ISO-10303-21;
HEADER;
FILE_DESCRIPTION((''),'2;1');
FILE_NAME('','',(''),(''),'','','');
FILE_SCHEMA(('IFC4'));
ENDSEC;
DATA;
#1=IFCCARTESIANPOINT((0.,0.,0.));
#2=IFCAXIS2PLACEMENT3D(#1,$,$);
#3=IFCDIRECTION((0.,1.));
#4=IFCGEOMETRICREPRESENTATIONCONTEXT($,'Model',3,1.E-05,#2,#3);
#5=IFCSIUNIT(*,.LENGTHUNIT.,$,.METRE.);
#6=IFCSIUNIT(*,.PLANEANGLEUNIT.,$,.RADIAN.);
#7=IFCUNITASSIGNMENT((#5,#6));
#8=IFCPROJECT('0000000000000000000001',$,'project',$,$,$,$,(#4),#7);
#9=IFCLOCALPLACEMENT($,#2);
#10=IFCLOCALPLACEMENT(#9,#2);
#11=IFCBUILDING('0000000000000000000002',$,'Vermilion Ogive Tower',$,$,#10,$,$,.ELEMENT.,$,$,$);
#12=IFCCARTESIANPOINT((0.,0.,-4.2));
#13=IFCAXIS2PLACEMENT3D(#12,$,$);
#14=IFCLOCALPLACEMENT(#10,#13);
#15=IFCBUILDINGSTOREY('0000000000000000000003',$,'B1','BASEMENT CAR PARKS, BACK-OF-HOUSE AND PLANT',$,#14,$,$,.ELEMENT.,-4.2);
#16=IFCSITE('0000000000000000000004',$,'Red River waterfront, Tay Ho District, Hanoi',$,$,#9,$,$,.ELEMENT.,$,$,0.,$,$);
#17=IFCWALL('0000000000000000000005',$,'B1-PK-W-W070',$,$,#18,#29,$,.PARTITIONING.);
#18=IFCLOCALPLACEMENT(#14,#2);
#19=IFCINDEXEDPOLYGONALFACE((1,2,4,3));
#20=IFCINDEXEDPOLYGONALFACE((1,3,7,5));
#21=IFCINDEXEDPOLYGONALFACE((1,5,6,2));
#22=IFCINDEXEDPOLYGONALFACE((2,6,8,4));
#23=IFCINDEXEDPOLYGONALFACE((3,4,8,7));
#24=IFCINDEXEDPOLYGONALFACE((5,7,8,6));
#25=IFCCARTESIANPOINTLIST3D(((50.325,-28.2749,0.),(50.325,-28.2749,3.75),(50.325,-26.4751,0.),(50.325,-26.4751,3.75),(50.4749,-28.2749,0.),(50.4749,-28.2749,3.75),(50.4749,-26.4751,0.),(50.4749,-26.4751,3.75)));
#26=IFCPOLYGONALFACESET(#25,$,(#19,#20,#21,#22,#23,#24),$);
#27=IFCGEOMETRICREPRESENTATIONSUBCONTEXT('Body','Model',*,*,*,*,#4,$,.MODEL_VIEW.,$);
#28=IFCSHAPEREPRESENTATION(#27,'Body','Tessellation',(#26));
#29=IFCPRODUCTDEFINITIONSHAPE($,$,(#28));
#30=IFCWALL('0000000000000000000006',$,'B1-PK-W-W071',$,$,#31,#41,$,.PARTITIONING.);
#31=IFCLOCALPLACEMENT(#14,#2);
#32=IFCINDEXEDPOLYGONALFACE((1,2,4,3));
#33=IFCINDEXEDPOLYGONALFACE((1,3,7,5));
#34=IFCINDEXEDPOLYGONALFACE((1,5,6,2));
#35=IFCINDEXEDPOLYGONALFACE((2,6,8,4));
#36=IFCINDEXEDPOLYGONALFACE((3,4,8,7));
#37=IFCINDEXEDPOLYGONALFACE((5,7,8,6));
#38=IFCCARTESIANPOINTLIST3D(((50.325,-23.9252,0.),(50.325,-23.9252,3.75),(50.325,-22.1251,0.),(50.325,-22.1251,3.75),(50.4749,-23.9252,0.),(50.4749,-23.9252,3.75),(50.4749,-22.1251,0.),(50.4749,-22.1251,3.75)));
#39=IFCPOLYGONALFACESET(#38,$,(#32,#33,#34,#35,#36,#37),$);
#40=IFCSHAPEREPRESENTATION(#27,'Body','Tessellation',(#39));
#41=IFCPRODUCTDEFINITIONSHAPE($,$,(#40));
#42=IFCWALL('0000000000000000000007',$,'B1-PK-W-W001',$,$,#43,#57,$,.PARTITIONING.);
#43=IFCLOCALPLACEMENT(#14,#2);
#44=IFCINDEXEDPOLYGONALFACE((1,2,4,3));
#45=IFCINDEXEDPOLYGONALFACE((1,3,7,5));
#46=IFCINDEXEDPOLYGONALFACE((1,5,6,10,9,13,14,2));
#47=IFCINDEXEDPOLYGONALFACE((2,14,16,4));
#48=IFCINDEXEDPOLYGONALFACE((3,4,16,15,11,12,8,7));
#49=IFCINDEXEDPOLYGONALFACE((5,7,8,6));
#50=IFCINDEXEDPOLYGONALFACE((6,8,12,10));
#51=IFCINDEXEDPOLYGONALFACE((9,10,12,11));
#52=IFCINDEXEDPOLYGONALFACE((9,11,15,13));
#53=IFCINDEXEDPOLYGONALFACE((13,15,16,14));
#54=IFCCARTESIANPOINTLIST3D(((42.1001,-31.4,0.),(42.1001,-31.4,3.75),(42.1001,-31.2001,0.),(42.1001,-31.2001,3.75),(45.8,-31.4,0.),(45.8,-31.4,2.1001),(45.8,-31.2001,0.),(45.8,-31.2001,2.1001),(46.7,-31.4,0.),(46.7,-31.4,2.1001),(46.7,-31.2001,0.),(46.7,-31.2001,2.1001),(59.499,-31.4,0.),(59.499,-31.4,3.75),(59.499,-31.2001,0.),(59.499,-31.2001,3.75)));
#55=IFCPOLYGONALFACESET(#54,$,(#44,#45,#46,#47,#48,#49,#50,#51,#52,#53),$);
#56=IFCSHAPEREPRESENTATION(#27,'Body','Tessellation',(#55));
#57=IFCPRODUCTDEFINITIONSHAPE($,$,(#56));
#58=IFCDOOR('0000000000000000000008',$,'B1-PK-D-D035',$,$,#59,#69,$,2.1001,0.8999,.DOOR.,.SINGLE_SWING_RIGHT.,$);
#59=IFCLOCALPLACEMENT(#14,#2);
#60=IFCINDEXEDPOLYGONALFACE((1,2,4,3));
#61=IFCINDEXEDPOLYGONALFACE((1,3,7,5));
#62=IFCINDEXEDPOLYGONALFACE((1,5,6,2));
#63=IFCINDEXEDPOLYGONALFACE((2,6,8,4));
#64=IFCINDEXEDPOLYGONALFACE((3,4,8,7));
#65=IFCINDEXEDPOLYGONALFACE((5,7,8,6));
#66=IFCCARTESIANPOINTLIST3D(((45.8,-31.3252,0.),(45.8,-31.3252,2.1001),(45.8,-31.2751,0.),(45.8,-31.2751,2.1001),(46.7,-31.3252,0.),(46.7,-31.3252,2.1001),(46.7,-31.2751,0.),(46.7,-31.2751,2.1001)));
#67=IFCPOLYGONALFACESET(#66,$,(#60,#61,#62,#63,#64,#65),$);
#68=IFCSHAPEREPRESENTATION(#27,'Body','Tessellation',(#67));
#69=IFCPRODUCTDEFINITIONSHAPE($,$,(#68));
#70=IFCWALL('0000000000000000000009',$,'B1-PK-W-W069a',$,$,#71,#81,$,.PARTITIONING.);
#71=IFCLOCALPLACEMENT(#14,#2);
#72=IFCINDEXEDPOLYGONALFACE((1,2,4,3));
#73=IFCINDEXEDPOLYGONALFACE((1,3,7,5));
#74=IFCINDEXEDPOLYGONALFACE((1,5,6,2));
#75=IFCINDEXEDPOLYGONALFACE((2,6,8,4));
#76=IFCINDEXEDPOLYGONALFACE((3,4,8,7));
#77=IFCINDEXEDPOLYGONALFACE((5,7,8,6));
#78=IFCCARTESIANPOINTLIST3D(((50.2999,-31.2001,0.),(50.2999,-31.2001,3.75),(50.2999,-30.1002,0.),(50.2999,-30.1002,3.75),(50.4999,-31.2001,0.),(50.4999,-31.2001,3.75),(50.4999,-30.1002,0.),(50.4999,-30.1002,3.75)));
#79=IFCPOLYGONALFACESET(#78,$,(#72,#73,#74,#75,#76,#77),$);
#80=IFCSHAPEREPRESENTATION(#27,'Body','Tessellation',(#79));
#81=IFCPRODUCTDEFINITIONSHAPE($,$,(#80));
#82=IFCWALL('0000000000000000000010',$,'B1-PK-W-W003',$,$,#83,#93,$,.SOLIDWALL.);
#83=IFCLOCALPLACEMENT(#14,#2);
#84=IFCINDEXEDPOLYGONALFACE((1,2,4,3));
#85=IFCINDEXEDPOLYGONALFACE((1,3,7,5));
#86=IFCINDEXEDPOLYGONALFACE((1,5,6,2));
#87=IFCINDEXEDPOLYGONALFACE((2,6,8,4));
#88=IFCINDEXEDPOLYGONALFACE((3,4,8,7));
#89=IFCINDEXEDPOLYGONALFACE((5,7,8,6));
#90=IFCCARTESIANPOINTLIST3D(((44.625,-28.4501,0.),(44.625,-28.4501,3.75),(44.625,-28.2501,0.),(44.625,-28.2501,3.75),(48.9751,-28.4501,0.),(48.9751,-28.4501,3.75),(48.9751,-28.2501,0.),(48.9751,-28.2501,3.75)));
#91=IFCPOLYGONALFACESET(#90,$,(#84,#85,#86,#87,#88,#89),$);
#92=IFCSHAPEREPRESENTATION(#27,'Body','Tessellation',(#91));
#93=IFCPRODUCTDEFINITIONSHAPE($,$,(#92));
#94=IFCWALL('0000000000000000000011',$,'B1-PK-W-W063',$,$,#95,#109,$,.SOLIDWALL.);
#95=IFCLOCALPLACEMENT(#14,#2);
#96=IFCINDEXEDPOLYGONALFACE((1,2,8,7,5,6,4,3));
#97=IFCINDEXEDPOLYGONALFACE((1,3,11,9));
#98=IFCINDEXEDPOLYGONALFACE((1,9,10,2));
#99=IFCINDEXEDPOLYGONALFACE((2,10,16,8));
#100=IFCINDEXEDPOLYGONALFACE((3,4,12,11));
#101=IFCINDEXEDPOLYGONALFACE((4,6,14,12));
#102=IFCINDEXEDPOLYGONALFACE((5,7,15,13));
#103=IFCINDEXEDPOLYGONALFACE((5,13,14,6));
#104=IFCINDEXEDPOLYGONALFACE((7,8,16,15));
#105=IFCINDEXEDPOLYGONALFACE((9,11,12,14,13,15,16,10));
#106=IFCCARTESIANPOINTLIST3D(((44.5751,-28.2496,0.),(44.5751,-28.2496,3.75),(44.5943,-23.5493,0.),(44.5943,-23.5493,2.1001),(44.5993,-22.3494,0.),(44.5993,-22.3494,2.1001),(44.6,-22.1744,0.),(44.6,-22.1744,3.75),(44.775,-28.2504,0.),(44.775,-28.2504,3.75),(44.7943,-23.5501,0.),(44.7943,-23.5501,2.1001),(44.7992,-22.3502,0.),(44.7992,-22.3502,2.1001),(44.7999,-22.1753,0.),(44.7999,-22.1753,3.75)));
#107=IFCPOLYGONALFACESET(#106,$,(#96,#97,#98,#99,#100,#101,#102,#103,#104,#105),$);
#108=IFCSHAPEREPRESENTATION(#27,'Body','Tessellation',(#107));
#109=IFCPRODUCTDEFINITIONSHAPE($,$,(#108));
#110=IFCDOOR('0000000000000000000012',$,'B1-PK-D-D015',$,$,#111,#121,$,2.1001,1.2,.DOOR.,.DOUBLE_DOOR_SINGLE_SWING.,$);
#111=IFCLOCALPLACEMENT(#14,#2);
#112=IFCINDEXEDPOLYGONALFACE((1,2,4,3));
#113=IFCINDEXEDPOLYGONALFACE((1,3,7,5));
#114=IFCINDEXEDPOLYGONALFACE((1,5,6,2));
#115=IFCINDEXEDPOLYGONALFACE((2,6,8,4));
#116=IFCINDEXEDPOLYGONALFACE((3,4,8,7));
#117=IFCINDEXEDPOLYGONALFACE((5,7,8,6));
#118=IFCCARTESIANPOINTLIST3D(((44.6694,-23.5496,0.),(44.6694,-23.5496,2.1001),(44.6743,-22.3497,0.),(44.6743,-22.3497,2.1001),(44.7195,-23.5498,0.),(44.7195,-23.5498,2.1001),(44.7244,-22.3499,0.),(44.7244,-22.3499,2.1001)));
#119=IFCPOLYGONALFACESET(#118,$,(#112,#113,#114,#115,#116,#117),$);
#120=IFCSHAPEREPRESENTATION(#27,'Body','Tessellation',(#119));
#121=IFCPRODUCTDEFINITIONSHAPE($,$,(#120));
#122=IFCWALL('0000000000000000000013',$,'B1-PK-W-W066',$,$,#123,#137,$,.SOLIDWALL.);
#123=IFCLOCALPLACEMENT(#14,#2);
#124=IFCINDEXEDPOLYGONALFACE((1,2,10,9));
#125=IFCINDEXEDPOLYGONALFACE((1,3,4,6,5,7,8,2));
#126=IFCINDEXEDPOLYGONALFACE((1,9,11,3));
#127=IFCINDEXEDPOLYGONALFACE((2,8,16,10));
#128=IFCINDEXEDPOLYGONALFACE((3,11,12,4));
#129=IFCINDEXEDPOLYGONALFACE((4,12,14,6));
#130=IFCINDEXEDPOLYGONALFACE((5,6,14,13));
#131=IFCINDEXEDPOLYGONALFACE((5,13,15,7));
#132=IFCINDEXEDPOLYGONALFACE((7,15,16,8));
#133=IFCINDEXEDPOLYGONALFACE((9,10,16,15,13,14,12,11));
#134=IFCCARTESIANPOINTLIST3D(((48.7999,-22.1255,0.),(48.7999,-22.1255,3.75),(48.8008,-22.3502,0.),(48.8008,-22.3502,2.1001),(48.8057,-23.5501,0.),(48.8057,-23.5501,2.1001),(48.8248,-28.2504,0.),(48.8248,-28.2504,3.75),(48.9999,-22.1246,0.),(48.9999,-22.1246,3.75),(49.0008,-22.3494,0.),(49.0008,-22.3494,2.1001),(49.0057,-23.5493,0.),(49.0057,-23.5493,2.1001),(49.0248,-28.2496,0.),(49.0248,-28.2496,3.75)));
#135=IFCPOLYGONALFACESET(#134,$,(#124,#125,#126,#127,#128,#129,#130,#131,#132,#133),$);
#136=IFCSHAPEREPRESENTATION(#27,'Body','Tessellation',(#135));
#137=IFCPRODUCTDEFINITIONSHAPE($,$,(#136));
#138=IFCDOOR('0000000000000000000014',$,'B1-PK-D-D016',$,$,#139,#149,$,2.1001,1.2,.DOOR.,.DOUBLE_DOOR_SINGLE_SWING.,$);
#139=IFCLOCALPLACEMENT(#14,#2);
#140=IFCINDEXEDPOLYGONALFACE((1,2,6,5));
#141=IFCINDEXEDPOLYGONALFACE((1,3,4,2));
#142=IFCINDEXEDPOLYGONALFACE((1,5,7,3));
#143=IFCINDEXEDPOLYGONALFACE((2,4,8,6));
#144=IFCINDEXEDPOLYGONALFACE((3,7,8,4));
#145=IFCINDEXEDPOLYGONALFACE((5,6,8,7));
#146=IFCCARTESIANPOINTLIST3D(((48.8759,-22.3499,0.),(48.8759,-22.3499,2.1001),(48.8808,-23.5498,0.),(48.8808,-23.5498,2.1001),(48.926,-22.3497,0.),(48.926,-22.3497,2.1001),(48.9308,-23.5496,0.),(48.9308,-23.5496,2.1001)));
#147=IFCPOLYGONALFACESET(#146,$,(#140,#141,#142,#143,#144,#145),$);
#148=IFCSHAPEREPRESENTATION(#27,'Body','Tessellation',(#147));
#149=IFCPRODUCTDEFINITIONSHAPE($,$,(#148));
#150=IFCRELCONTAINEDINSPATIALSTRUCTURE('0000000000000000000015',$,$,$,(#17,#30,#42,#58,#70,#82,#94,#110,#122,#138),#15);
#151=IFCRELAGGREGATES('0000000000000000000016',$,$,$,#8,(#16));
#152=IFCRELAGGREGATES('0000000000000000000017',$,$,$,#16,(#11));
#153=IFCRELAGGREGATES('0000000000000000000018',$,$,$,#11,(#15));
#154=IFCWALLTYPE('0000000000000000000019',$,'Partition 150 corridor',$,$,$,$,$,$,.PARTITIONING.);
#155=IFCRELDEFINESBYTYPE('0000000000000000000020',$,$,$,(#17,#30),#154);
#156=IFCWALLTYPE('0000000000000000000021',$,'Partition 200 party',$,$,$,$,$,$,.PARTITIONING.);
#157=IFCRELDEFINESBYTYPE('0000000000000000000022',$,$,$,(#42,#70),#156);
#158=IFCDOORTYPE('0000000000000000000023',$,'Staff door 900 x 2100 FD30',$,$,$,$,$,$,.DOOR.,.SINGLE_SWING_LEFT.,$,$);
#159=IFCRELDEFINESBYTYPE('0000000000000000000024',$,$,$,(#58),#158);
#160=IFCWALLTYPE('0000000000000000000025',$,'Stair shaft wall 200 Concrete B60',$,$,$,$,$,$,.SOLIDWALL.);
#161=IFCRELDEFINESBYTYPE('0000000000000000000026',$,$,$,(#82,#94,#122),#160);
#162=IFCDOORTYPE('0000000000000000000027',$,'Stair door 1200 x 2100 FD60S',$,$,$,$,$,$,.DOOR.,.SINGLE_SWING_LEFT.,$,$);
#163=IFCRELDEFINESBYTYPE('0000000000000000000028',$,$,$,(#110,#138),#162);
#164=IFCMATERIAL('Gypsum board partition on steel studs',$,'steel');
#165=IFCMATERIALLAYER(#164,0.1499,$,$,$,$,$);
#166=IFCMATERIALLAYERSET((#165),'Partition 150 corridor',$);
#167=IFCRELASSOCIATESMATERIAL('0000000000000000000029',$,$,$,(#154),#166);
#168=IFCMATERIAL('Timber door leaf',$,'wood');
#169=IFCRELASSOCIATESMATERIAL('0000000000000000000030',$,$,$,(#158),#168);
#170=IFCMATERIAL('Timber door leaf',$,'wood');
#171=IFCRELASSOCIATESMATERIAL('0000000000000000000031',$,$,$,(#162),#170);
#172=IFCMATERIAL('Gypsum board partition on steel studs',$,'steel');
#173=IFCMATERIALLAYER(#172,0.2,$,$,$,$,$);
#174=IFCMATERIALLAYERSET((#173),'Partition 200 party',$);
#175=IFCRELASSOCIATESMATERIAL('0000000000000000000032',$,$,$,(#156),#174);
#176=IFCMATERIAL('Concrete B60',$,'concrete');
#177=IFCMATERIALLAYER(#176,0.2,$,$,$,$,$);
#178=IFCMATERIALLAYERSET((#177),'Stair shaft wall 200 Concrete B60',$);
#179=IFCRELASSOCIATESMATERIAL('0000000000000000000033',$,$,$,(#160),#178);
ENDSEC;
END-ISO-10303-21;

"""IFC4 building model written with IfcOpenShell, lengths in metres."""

from ifc_helpers import new_model, si_unit, direction, frame, frame_2d, origin, place, context, subcontext, project, spatial, rectangle, extrude, material, layer, layer_set, type_object, element, fill, save


model = new_model("IFC4")

# Units and contexts
model_context = context("Model", 3, precision=1e-05, world=origin(), true_north=direction((0.0, 1.0)))
body_context = subcontext(model_context, "Body", "Model", "MODEL_VIEW")
ifc_project = project(units=[si_unit("LENGTHUNIT", "METRE"), si_unit("PLANEANGLEUNIT", "RADIAN")], contexts=[model_context])

# Site, building, storey
site_placement = place(None, origin())
site = spatial("IfcSite", under=ifc_project, at=site_placement, Name="Red River waterfront, Tay Ho District, Hanoi", CompositionType="ELEMENT", RefElevation=0.0)
building_placement = place(site_placement, origin())
building = spatial("IfcBuilding", under=site, at=building_placement, Name="Vermilion Ogive Tower", CompositionType="ELEMENT")
storey_placement = place(building_placement, frame((0.0, 0.0, -4.2)))
storey = spatial("IfcBuildingStorey", under=building, at=storey_placement, Name="B1", Description="BASEMENT CAR PARKS, BACK-OF-HOUSE AND PLANT", CompositionType="ELEMENT", Elevation=-4.2)

# Shared definitions
ifc_material_1 = material(Name="Gypsum board partition on steel studs", Category="steel")
ifc_layer_1 = layer(ifc_material_1, 0.1499)
ifc_layer_set_1 = layer_set([ifc_layer_1], Name="Partition 150 corridor")
wall_type_1 = type_object("IfcWallType", Name="Partition 150 corridor", PredefinedType="PARTITIONING", material=ifc_layer_set_1)

# Shared definitions
ifc_material_2 = material(Name="Timber door leaf", Category="wood")
door_type_1 = type_object("IfcDoorType", Name="Staff door 900 x 2100 FD30", OperationType="SINGLE_SWING_LEFT", PredefinedType="DOOR", material=ifc_material_2)
ifc_material_3 = material(Name="Timber door leaf", Category="wood")
door_type_2 = type_object("IfcDoorType", Name="Stair door 1200 x 2100 FD60S", OperationType="SINGLE_SWING_LEFT", PredefinedType="DOOR", material=ifc_material_3)

# Walls
wall_1_placement = place(storey_placement, frame((50.3999, -28.2749, 0.0), z_axis=(0.0, 0.0, 1.0), x_axis=(0.0, 1.0, 0.0)))
element("IfcWall", 1, at=wall_1_placement, inside=storey, type_object=wall_type_1, Name="B1-PK-W-W070", PredefinedType="PARTITIONING", context=body_context, shape_type="SweptSolid", body=[
    extrude(rectangle(XDim=1.7998, YDim=0.1499, at=frame_2d((0.8999, 0.0))), origin(), (0.0, 0.0, 1.0), 3.75),
])
wall_2_placement = place(storey_placement, frame((50.3999, -23.925, 0.0), z_axis=(0.0, 0.0, 1.0), x_axis=(0.0, 1.0, 0.0)))
element("IfcWall", 2, at=wall_2_placement, inside=storey, type_object=wall_type_1, Name="B1-PK-W-W071", PredefinedType="PARTITIONING", context=body_context, shape_type="SweptSolid", body=[
    extrude(rectangle(XDim=1.8, YDim=0.1499, at=frame_2d((0.8999, 0.0))), origin(), (0.0, 0.0, 1.0), 3.75),
])

# Wall, opening, door
ifc_material_4 = material(Name="Gypsum board partition on steel studs", Category="steel")
ifc_layer_2 = layer(ifc_material_4, 0.2)
ifc_layer_set_2 = layer_set([ifc_layer_2], Name="Partition 200 party")
wall_type_2 = type_object("IfcWallType", Name="Partition 200 party", PredefinedType="PARTITIONING", material=ifc_layer_set_2)
wall_3_placement = place(storey_placement, frame((42.1001, -31.3, 0.0), z_axis=(0.0, 0.0, 1.0), x_axis=(1.0, 0.0, 0.0)))
wall_3 = element("IfcWall", 3, at=wall_3_placement, inside=storey, type_object=wall_type_2, Name="B1-PK-W-W001", PredefinedType="PARTITIONING", context=body_context, shape_type="SweptSolid", body=[
    extrude(rectangle(XDim=17.3989, YDim=0.2, at=frame_2d((8.6995, 0.0))), origin(), (0.0, 0.0, 1.0), 3.75),
])
opening_1_placement = place(wall_3_placement, frame((3.7, 0.0, 0.0)))
opening_1 = element("IfcOpeningElement", 4, at=opening_1_placement, cuts=wall_3, PredefinedType="OPENING", context=body_context, shape_type="SweptSolid", body=[
    extrude(rectangle(XDim=0.8999, YDim=2.1001, at=frame_2d((0.45, 1.05))), frame((0.0, 0.1099, 0.0), z_axis=(0.0, -1.0, 0.0), x_axis=(1.0, 0.0, 0.0)), (0.0, 0.0, 1.0), 0.22),
])
door_1_placement = place(opening_1_placement, origin())
door_1 = element("IfcDoor", 5, at=door_1_placement, inside=storey, type_object=door_type_1, Name="B1-PK-D-D035", OperationType="SINGLE_SWING_RIGHT", OverallHeight=2.1001, OverallWidth=0.8999, PredefinedType="DOOR", context=body_context, shape_type="SweptSolid", body=[
    extrude(rectangle(XDim=0.8999, YDim=2.1001, at=frame_2d((0.45, 1.05))), frame((0.0, 0.0249, 0.0), z_axis=(0.0, -1.0, 0.0), x_axis=(1.0, 0.0, 0.0)), (0.0, 0.0, 1.0), 0.05),
])
fill(opening_1, door_1)

# Walls
wall_4_placement = place(storey_placement, frame((50.3999, -31.2, 0.0), z_axis=(0.0, 0.0, 1.0), x_axis=(0.0, 1.0, 0.0)))
element("IfcWall", 6, at=wall_4_placement, inside=storey, type_object=wall_type_2, Name="B1-PK-W-W069a", PredefinedType="PARTITIONING", context=body_context, shape_type="SweptSolid", body=[
    extrude(rectangle(XDim=1.0999, YDim=0.2, at=frame_2d((0.5498, 0.0))), origin(), (0.0, 0.0, 1.0), 3.75),
])
ifc_material_5 = material(Name="Concrete B60", Category="concrete")
ifc_layer_3 = layer(ifc_material_5, 0.2)
ifc_layer_set_3 = layer_set([ifc_layer_3], Name="Stair shaft wall 200 Concrete B60")
wall_type_3 = type_object("IfcWallType", Name="Stair shaft wall 200 Concrete B60", PredefinedType="SOLIDWALL", material=ifc_layer_set_3)
wall_5_placement = place(storey_placement, frame((44.625, -28.3501, 0.0), z_axis=(0.0, 0.0, 1.0), x_axis=(1.0, 0.0, 0.0)))
element("IfcWall", 7, at=wall_5_placement, inside=storey, type_object=wall_type_3, Name="B1-PK-W-W003", PredefinedType="SOLIDWALL", context=body_context, shape_type="SweptSolid", body=[
    extrude(rectangle(XDim=4.3501, YDim=0.2, at=frame_2d((2.175, 0.0))), origin(), (0.0, 0.0, 1.0), 3.75),
])

# Walls, openings, doors
wall_6_placement = place(storey_placement, frame((44.675, -28.25, 0.0), z_axis=(0.0, 0.0, 1.0), x_axis=(0.004099, 0.999992, 0.0)))
wall_6 = element("IfcWall", 8, at=wall_6_placement, inside=storey, type_object=wall_type_3, Name="B1-PK-W-W063", PredefinedType="SOLIDWALL", context=body_context, shape_type="SweptSolid", body=[
    extrude(rectangle(XDim=6.0752, YDim=0.2, at=frame_2d((3.0376, 0.0))), origin(), (0.0, 0.0, 1.0), 3.75),
])
opening_2_placement = place(wall_6_placement, frame((4.7002, 0.0, 0.0)))
opening_2 = element("IfcOpeningElement", 9, at=opening_2_placement, cuts=wall_6, PredefinedType="OPENING", context=body_context, shape_type="SweptSolid", body=[
    extrude(rectangle(XDim=1.2, YDim=2.1001, at=frame_2d((0.6001, 1.05))), frame((0.0, 0.1099, 0.0), z_axis=(0.0, -1.0, 0.0), x_axis=(1.0, 0.0, 0.0)), (0.0, 0.0, 1.0), 0.22),
])
door_2_placement = place(opening_2_placement, origin())
door_2 = element("IfcDoor", 10, at=door_2_placement, inside=storey, type_object=door_type_2, Name="B1-PK-D-D015", OperationType="DOUBLE_DOOR_SINGLE_SWING", OverallHeight=2.1001, OverallWidth=1.2, PredefinedType="DOOR", context=body_context, shape_type="SweptSolid", body=[
    extrude(rectangle(XDim=1.2, YDim=2.1001, at=frame_2d((0.6001, 1.05))), frame((0.0, 0.0249, 0.0), z_axis=(0.0, -1.0, 0.0), x_axis=(1.0, 0.0, 0.0)), (0.0, 0.0, 1.0), 0.05),
])
fill(opening_2, door_2)
wall_7_placement = place(storey_placement, frame((48.9248, -28.25, 0.0), z_axis=(0.0, 0.0, 1.0), x_axis=(-0.004066, 0.999992, 0.0)))
wall_7 = element("IfcWall", 11, at=wall_7_placement, inside=storey, type_object=wall_type_3, Name="B1-PK-W-W066", PredefinedType="SOLIDWALL", context=body_context, shape_type="SweptSolid", body=[
    extrude(rectangle(XDim=6.125, YDim=0.2, at=frame_2d((3.0625, 0.0))), origin(), (0.0, 0.0, 1.0), 3.75),
])
opening_3_placement = place(wall_7_placement, frame((4.7002, 0.0, 0.0)))
opening_3 = element("IfcOpeningElement", 12, at=opening_3_placement, cuts=wall_7, PredefinedType="OPENING", context=body_context, shape_type="SweptSolid", body=[
    extrude(rectangle(XDim=1.2, YDim=2.1001, at=frame_2d((0.6001, 1.05))), frame((0.0, 0.1099, 0.0), z_axis=(0.0, -1.0, 0.0), x_axis=(1.0, 0.0, 0.0)), (0.0, 0.0, 1.0), 0.22),
])
door_3_placement = place(opening_3_placement, origin())
door_3 = element("IfcDoor", 13, at=door_3_placement, inside=storey, type_object=door_type_2, Name="B1-PK-D-D016", OperationType="DOUBLE_DOOR_SINGLE_SWING", OverallHeight=2.1001, OverallWidth=1.2, PredefinedType="DOOR", context=body_context, shape_type="SweptSolid", body=[
    extrude(rectangle(XDim=1.2, YDim=2.1001, at=frame_2d((0.6001, 1.05))), frame((0.0, 0.0249, 0.0), z_axis=(0.0, -1.0, 0.0), x_axis=(1.0, 0.0, 0.0)), (0.0, 0.0, 1.0), 0.05),
])
fill(opening_3, door_3)

save(model, "model.ifc")
